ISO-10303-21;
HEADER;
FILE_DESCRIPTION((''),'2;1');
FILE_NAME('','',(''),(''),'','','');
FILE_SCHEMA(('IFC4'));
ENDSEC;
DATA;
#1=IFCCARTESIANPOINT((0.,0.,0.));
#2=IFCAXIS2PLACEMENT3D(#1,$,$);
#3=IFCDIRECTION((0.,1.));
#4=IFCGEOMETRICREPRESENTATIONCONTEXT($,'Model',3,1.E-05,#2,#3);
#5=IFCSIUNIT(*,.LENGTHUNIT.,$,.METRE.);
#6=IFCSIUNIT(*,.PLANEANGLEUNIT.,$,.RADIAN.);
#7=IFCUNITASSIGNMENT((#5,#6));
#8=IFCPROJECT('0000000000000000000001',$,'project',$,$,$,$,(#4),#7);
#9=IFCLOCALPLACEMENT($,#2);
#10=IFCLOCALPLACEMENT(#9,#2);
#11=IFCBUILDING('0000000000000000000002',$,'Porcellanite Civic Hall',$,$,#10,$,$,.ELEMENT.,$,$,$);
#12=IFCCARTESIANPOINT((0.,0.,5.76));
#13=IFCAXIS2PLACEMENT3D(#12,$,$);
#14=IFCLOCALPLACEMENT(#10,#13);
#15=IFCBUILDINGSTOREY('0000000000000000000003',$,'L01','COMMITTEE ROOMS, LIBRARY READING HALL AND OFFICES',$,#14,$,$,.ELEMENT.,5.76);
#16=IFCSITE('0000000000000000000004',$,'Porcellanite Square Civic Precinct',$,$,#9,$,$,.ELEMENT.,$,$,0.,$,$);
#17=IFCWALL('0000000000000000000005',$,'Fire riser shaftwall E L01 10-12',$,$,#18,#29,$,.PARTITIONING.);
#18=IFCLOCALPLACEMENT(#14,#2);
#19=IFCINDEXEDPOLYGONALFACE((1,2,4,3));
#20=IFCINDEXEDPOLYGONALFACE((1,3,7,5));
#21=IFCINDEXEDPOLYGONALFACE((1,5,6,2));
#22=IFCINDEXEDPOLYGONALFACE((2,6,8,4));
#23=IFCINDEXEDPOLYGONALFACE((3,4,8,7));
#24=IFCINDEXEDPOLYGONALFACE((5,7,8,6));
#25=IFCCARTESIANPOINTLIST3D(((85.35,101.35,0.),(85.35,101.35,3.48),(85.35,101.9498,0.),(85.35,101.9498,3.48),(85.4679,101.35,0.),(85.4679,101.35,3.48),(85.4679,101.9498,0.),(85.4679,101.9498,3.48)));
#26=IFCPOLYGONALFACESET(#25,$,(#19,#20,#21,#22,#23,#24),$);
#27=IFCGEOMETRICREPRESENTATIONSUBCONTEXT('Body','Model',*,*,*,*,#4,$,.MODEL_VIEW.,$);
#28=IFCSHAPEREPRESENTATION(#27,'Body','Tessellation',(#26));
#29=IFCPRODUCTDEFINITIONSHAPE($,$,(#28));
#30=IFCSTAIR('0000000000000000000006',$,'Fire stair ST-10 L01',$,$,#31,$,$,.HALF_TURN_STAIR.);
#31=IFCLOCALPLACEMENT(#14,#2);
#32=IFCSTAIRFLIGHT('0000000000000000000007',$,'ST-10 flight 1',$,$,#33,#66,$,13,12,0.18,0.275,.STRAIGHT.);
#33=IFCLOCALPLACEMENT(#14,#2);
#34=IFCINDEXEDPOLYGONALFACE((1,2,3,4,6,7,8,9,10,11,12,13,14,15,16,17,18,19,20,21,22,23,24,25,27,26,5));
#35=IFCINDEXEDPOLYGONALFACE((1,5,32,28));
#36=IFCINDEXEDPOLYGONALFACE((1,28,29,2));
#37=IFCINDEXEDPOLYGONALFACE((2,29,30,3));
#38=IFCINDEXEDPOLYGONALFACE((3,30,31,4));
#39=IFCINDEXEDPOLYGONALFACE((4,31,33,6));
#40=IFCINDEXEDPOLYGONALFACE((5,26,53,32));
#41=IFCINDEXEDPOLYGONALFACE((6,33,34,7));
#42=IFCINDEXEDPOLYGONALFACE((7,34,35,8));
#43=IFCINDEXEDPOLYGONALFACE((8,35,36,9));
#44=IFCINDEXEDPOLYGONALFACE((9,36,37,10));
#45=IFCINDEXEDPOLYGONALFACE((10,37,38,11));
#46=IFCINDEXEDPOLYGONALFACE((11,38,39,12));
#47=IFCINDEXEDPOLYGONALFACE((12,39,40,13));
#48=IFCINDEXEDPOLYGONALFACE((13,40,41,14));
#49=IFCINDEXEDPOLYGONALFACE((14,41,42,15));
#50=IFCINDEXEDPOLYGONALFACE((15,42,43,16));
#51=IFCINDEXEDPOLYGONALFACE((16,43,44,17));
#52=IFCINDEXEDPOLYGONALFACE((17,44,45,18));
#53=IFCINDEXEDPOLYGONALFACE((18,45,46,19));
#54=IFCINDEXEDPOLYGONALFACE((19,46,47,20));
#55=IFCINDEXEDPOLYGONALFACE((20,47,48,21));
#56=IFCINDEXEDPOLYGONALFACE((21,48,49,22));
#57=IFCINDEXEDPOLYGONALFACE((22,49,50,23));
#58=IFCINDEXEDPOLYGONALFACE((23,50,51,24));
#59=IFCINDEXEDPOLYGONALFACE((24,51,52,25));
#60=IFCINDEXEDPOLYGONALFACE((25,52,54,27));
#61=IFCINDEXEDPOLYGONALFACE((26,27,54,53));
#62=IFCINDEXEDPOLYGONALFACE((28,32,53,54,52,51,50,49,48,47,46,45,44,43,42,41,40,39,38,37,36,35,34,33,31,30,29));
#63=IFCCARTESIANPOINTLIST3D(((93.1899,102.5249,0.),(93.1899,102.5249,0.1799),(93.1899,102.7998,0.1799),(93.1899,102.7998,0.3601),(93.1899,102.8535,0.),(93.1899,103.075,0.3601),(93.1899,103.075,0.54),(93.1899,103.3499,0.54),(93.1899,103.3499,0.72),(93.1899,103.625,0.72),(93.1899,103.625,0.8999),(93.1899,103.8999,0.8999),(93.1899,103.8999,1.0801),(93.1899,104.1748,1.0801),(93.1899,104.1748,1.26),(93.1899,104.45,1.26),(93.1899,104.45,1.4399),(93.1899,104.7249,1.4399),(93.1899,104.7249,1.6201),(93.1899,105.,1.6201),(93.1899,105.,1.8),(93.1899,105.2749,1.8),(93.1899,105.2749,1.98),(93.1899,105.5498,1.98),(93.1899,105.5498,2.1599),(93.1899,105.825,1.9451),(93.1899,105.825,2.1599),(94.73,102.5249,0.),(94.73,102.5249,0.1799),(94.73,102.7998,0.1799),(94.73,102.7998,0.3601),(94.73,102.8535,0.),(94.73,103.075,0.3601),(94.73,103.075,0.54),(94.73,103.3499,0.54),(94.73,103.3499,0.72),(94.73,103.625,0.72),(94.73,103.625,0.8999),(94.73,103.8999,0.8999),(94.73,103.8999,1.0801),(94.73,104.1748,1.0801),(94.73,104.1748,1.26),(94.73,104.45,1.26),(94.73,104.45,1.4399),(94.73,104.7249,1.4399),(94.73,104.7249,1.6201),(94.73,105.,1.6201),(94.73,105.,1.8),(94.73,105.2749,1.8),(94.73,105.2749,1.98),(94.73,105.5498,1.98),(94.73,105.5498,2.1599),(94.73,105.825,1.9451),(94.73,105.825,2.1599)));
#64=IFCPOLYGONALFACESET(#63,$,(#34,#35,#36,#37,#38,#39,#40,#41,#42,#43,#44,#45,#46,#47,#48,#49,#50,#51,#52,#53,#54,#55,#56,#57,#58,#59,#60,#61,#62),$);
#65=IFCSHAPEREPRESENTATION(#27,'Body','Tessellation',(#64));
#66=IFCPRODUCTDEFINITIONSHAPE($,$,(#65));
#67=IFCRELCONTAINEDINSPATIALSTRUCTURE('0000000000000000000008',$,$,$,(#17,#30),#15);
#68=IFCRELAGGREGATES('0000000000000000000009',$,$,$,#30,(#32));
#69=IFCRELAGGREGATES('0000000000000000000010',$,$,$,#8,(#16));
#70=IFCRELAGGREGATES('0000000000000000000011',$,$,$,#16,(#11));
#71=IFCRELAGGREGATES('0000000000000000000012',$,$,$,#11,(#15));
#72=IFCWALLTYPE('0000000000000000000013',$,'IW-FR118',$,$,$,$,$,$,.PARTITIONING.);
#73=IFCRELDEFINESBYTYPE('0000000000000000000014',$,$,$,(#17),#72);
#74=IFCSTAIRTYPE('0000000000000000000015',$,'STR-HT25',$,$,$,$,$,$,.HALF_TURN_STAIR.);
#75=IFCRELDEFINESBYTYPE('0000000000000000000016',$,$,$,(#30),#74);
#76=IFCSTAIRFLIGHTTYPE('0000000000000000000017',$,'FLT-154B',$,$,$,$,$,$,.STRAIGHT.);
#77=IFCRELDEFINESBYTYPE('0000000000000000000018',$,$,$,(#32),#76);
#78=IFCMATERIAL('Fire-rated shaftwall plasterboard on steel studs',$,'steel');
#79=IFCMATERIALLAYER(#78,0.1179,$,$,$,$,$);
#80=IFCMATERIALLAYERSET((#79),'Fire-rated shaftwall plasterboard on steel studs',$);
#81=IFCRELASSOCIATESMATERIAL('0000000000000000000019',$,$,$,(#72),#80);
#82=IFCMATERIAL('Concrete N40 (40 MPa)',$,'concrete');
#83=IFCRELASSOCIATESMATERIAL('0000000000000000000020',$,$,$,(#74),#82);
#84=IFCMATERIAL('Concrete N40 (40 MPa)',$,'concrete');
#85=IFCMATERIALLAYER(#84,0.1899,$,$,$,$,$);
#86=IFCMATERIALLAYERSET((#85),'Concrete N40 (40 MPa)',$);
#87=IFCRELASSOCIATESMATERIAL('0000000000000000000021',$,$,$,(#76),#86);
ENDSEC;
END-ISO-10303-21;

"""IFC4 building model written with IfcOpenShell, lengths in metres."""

from ifc_helpers import new_model, si_unit, direction, frame, frame_2d, origin, place, context, subcontext, project, spatial, polyline, rectangle, outline, extrude, material, layer, layer_set, type_object, element, aggregate, save


model = new_model("IFC4")

# Units and contexts
model_context = context("Model", 3, precision=1e-05, world=origin(), true_north=direction((0.0, 1.0)))
body_context = subcontext(model_context, "Body", "Model", "MODEL_VIEW")
ifc_project = project(units=[si_unit("LENGTHUNIT", "METRE"), si_unit("PLANEANGLEUNIT", "RADIAN")], contexts=[model_context])

# Site, building, storey
site_placement = place(None, origin())
site = spatial("IfcSite", under=ifc_project, at=site_placement, Name="Porcellanite Square Civic Precinct", CompositionType="ELEMENT", RefElevation=0.0)
building_placement = place(site_placement, origin())
building = spatial("IfcBuilding", under=site, at=building_placement, Name="Porcellanite Civic Hall", CompositionType="ELEMENT")
storey_placement = place(building_placement, frame((0.0, 0.0, 5.76)))
storey = spatial("IfcBuildingStorey", under=building, at=storey_placement, Name="L01", Description="COMMITTEE ROOMS, LIBRARY READING HALL AND OFFICES", CompositionType="ELEMENT", Elevation=5.76)

# Wall
ifc_material_1 = material(Name="Fire-rated shaftwall plasterboard on steel studs", Category="steel")
ifc_layer_1 = layer(ifc_material_1, 0.1179)
ifc_layer_set_1 = layer_set([ifc_layer_1], Name="Fire-rated shaftwall plasterboard on steel studs")
wall_type_1 = type_object("IfcWallType", Name="IW-FR118", PredefinedType="PARTITIONING", material=ifc_layer_set_1)
for number, where, z_axis, x_axis, name in (
    (1, (85.4089, 101.3501, 0.0), (0.0, 0.0, 1.0), (0.0, 1.0, 0.0), "Fire riser shaftwall E L01 10-12"),
):
    element("IfcWall", number, at=place(storey_placement, frame(where, z_axis=z_axis, x_axis=x_axis)), inside=storey, type_object=wall_type_1, Name=name, PredefinedType="PARTITIONING", context=body_context, shape_type="SweptSolid", body=[
        extrude(rectangle(XDim=0.5999, YDim=0.1179, at=frame_2d((0.2998, 0.0))), origin(), (0.0, 0.0, 1.0), 3.48),
    ])

# Stair, stair flight
ifc_material_2 = material(Name="Concrete N40 (40 MPa)", Category="concrete")
stair_type = type_object("IfcStairType", Name="STR-HT25", PredefinedType="HALF_TURN_STAIR", material=ifc_material_2)
stair_placement = place(storey_placement, origin())
stair = element("IfcStair", 2, at=stair_placement, inside=storey, type_object=stair_type, Name="Fire stair ST-10 L01", PredefinedType="HALF_TURN_STAIR")
ifc_material_3 = material(Name="Concrete N40 (40 MPa)", Category="concrete")
ifc_layer_2 = layer(ifc_material_3, 0.1899)
ifc_layer_set_2 = layer_set([ifc_layer_2], Name="Concrete N40 (40 MPa)")
stair_flight_type = type_object("IfcStairFlightType", Name="FLT-154B", PredefinedType="STRAIGHT", material=ifc_layer_set_2)
stair_flight_placement = place(storey_placement, frame((93.96, 102.5249, 0.0), z_axis=(0.0, 0.0, 1.0), x_axis=(0.0, 1.0, 0.0)))
stair_flight = element("IfcStairFlight", 3, at=stair_flight_placement, type_object=stair_flight_type, Name="ST-10 flight 1", NumberOfRisers=13, NumberOfTreads=12, PredefinedType="STRAIGHT", RiserHeight=0.18, TreadLength=0.275, context=body_context, shape_type="SweptSolid", body=[
    extrude(outline(polyline([(0.0, 0.0), (0.0, 0.1799), (0.2749, 0.1799), (0.2749, 0.3601), (0.55, 0.3601), (0.55, 0.54), (0.825, 0.54), (0.825, 0.72), (1.1001, 0.72), (1.1001, 0.8999), (1.375, 0.8999), (1.375, 1.0801), (1.6499, 1.0801), (1.6499, 1.26), (1.925, 1.26), (1.925, 1.4399), (2.2, 1.4399), (2.2, 1.6201), (2.4751, 1.6201), (2.4751, 1.8), (2.75, 1.8), (2.75, 1.98), (3.0249, 1.98), (3.0249, 2.1599), (3.3, 2.1599), (3.3, 2.3401), (3.3, 1.9451), (0.3286, 0.0), (0.0, 0.0)])), frame((0.0, 0.77, 0.0), z_axis=(0.0, -1.0, 0.0), x_axis=(1.0, 0.0, 0.0)), (0.0, 0.0, 1.0), 1.54),
])
aggregate(stair, [stair_flight])

save(model, "model.ifc")
